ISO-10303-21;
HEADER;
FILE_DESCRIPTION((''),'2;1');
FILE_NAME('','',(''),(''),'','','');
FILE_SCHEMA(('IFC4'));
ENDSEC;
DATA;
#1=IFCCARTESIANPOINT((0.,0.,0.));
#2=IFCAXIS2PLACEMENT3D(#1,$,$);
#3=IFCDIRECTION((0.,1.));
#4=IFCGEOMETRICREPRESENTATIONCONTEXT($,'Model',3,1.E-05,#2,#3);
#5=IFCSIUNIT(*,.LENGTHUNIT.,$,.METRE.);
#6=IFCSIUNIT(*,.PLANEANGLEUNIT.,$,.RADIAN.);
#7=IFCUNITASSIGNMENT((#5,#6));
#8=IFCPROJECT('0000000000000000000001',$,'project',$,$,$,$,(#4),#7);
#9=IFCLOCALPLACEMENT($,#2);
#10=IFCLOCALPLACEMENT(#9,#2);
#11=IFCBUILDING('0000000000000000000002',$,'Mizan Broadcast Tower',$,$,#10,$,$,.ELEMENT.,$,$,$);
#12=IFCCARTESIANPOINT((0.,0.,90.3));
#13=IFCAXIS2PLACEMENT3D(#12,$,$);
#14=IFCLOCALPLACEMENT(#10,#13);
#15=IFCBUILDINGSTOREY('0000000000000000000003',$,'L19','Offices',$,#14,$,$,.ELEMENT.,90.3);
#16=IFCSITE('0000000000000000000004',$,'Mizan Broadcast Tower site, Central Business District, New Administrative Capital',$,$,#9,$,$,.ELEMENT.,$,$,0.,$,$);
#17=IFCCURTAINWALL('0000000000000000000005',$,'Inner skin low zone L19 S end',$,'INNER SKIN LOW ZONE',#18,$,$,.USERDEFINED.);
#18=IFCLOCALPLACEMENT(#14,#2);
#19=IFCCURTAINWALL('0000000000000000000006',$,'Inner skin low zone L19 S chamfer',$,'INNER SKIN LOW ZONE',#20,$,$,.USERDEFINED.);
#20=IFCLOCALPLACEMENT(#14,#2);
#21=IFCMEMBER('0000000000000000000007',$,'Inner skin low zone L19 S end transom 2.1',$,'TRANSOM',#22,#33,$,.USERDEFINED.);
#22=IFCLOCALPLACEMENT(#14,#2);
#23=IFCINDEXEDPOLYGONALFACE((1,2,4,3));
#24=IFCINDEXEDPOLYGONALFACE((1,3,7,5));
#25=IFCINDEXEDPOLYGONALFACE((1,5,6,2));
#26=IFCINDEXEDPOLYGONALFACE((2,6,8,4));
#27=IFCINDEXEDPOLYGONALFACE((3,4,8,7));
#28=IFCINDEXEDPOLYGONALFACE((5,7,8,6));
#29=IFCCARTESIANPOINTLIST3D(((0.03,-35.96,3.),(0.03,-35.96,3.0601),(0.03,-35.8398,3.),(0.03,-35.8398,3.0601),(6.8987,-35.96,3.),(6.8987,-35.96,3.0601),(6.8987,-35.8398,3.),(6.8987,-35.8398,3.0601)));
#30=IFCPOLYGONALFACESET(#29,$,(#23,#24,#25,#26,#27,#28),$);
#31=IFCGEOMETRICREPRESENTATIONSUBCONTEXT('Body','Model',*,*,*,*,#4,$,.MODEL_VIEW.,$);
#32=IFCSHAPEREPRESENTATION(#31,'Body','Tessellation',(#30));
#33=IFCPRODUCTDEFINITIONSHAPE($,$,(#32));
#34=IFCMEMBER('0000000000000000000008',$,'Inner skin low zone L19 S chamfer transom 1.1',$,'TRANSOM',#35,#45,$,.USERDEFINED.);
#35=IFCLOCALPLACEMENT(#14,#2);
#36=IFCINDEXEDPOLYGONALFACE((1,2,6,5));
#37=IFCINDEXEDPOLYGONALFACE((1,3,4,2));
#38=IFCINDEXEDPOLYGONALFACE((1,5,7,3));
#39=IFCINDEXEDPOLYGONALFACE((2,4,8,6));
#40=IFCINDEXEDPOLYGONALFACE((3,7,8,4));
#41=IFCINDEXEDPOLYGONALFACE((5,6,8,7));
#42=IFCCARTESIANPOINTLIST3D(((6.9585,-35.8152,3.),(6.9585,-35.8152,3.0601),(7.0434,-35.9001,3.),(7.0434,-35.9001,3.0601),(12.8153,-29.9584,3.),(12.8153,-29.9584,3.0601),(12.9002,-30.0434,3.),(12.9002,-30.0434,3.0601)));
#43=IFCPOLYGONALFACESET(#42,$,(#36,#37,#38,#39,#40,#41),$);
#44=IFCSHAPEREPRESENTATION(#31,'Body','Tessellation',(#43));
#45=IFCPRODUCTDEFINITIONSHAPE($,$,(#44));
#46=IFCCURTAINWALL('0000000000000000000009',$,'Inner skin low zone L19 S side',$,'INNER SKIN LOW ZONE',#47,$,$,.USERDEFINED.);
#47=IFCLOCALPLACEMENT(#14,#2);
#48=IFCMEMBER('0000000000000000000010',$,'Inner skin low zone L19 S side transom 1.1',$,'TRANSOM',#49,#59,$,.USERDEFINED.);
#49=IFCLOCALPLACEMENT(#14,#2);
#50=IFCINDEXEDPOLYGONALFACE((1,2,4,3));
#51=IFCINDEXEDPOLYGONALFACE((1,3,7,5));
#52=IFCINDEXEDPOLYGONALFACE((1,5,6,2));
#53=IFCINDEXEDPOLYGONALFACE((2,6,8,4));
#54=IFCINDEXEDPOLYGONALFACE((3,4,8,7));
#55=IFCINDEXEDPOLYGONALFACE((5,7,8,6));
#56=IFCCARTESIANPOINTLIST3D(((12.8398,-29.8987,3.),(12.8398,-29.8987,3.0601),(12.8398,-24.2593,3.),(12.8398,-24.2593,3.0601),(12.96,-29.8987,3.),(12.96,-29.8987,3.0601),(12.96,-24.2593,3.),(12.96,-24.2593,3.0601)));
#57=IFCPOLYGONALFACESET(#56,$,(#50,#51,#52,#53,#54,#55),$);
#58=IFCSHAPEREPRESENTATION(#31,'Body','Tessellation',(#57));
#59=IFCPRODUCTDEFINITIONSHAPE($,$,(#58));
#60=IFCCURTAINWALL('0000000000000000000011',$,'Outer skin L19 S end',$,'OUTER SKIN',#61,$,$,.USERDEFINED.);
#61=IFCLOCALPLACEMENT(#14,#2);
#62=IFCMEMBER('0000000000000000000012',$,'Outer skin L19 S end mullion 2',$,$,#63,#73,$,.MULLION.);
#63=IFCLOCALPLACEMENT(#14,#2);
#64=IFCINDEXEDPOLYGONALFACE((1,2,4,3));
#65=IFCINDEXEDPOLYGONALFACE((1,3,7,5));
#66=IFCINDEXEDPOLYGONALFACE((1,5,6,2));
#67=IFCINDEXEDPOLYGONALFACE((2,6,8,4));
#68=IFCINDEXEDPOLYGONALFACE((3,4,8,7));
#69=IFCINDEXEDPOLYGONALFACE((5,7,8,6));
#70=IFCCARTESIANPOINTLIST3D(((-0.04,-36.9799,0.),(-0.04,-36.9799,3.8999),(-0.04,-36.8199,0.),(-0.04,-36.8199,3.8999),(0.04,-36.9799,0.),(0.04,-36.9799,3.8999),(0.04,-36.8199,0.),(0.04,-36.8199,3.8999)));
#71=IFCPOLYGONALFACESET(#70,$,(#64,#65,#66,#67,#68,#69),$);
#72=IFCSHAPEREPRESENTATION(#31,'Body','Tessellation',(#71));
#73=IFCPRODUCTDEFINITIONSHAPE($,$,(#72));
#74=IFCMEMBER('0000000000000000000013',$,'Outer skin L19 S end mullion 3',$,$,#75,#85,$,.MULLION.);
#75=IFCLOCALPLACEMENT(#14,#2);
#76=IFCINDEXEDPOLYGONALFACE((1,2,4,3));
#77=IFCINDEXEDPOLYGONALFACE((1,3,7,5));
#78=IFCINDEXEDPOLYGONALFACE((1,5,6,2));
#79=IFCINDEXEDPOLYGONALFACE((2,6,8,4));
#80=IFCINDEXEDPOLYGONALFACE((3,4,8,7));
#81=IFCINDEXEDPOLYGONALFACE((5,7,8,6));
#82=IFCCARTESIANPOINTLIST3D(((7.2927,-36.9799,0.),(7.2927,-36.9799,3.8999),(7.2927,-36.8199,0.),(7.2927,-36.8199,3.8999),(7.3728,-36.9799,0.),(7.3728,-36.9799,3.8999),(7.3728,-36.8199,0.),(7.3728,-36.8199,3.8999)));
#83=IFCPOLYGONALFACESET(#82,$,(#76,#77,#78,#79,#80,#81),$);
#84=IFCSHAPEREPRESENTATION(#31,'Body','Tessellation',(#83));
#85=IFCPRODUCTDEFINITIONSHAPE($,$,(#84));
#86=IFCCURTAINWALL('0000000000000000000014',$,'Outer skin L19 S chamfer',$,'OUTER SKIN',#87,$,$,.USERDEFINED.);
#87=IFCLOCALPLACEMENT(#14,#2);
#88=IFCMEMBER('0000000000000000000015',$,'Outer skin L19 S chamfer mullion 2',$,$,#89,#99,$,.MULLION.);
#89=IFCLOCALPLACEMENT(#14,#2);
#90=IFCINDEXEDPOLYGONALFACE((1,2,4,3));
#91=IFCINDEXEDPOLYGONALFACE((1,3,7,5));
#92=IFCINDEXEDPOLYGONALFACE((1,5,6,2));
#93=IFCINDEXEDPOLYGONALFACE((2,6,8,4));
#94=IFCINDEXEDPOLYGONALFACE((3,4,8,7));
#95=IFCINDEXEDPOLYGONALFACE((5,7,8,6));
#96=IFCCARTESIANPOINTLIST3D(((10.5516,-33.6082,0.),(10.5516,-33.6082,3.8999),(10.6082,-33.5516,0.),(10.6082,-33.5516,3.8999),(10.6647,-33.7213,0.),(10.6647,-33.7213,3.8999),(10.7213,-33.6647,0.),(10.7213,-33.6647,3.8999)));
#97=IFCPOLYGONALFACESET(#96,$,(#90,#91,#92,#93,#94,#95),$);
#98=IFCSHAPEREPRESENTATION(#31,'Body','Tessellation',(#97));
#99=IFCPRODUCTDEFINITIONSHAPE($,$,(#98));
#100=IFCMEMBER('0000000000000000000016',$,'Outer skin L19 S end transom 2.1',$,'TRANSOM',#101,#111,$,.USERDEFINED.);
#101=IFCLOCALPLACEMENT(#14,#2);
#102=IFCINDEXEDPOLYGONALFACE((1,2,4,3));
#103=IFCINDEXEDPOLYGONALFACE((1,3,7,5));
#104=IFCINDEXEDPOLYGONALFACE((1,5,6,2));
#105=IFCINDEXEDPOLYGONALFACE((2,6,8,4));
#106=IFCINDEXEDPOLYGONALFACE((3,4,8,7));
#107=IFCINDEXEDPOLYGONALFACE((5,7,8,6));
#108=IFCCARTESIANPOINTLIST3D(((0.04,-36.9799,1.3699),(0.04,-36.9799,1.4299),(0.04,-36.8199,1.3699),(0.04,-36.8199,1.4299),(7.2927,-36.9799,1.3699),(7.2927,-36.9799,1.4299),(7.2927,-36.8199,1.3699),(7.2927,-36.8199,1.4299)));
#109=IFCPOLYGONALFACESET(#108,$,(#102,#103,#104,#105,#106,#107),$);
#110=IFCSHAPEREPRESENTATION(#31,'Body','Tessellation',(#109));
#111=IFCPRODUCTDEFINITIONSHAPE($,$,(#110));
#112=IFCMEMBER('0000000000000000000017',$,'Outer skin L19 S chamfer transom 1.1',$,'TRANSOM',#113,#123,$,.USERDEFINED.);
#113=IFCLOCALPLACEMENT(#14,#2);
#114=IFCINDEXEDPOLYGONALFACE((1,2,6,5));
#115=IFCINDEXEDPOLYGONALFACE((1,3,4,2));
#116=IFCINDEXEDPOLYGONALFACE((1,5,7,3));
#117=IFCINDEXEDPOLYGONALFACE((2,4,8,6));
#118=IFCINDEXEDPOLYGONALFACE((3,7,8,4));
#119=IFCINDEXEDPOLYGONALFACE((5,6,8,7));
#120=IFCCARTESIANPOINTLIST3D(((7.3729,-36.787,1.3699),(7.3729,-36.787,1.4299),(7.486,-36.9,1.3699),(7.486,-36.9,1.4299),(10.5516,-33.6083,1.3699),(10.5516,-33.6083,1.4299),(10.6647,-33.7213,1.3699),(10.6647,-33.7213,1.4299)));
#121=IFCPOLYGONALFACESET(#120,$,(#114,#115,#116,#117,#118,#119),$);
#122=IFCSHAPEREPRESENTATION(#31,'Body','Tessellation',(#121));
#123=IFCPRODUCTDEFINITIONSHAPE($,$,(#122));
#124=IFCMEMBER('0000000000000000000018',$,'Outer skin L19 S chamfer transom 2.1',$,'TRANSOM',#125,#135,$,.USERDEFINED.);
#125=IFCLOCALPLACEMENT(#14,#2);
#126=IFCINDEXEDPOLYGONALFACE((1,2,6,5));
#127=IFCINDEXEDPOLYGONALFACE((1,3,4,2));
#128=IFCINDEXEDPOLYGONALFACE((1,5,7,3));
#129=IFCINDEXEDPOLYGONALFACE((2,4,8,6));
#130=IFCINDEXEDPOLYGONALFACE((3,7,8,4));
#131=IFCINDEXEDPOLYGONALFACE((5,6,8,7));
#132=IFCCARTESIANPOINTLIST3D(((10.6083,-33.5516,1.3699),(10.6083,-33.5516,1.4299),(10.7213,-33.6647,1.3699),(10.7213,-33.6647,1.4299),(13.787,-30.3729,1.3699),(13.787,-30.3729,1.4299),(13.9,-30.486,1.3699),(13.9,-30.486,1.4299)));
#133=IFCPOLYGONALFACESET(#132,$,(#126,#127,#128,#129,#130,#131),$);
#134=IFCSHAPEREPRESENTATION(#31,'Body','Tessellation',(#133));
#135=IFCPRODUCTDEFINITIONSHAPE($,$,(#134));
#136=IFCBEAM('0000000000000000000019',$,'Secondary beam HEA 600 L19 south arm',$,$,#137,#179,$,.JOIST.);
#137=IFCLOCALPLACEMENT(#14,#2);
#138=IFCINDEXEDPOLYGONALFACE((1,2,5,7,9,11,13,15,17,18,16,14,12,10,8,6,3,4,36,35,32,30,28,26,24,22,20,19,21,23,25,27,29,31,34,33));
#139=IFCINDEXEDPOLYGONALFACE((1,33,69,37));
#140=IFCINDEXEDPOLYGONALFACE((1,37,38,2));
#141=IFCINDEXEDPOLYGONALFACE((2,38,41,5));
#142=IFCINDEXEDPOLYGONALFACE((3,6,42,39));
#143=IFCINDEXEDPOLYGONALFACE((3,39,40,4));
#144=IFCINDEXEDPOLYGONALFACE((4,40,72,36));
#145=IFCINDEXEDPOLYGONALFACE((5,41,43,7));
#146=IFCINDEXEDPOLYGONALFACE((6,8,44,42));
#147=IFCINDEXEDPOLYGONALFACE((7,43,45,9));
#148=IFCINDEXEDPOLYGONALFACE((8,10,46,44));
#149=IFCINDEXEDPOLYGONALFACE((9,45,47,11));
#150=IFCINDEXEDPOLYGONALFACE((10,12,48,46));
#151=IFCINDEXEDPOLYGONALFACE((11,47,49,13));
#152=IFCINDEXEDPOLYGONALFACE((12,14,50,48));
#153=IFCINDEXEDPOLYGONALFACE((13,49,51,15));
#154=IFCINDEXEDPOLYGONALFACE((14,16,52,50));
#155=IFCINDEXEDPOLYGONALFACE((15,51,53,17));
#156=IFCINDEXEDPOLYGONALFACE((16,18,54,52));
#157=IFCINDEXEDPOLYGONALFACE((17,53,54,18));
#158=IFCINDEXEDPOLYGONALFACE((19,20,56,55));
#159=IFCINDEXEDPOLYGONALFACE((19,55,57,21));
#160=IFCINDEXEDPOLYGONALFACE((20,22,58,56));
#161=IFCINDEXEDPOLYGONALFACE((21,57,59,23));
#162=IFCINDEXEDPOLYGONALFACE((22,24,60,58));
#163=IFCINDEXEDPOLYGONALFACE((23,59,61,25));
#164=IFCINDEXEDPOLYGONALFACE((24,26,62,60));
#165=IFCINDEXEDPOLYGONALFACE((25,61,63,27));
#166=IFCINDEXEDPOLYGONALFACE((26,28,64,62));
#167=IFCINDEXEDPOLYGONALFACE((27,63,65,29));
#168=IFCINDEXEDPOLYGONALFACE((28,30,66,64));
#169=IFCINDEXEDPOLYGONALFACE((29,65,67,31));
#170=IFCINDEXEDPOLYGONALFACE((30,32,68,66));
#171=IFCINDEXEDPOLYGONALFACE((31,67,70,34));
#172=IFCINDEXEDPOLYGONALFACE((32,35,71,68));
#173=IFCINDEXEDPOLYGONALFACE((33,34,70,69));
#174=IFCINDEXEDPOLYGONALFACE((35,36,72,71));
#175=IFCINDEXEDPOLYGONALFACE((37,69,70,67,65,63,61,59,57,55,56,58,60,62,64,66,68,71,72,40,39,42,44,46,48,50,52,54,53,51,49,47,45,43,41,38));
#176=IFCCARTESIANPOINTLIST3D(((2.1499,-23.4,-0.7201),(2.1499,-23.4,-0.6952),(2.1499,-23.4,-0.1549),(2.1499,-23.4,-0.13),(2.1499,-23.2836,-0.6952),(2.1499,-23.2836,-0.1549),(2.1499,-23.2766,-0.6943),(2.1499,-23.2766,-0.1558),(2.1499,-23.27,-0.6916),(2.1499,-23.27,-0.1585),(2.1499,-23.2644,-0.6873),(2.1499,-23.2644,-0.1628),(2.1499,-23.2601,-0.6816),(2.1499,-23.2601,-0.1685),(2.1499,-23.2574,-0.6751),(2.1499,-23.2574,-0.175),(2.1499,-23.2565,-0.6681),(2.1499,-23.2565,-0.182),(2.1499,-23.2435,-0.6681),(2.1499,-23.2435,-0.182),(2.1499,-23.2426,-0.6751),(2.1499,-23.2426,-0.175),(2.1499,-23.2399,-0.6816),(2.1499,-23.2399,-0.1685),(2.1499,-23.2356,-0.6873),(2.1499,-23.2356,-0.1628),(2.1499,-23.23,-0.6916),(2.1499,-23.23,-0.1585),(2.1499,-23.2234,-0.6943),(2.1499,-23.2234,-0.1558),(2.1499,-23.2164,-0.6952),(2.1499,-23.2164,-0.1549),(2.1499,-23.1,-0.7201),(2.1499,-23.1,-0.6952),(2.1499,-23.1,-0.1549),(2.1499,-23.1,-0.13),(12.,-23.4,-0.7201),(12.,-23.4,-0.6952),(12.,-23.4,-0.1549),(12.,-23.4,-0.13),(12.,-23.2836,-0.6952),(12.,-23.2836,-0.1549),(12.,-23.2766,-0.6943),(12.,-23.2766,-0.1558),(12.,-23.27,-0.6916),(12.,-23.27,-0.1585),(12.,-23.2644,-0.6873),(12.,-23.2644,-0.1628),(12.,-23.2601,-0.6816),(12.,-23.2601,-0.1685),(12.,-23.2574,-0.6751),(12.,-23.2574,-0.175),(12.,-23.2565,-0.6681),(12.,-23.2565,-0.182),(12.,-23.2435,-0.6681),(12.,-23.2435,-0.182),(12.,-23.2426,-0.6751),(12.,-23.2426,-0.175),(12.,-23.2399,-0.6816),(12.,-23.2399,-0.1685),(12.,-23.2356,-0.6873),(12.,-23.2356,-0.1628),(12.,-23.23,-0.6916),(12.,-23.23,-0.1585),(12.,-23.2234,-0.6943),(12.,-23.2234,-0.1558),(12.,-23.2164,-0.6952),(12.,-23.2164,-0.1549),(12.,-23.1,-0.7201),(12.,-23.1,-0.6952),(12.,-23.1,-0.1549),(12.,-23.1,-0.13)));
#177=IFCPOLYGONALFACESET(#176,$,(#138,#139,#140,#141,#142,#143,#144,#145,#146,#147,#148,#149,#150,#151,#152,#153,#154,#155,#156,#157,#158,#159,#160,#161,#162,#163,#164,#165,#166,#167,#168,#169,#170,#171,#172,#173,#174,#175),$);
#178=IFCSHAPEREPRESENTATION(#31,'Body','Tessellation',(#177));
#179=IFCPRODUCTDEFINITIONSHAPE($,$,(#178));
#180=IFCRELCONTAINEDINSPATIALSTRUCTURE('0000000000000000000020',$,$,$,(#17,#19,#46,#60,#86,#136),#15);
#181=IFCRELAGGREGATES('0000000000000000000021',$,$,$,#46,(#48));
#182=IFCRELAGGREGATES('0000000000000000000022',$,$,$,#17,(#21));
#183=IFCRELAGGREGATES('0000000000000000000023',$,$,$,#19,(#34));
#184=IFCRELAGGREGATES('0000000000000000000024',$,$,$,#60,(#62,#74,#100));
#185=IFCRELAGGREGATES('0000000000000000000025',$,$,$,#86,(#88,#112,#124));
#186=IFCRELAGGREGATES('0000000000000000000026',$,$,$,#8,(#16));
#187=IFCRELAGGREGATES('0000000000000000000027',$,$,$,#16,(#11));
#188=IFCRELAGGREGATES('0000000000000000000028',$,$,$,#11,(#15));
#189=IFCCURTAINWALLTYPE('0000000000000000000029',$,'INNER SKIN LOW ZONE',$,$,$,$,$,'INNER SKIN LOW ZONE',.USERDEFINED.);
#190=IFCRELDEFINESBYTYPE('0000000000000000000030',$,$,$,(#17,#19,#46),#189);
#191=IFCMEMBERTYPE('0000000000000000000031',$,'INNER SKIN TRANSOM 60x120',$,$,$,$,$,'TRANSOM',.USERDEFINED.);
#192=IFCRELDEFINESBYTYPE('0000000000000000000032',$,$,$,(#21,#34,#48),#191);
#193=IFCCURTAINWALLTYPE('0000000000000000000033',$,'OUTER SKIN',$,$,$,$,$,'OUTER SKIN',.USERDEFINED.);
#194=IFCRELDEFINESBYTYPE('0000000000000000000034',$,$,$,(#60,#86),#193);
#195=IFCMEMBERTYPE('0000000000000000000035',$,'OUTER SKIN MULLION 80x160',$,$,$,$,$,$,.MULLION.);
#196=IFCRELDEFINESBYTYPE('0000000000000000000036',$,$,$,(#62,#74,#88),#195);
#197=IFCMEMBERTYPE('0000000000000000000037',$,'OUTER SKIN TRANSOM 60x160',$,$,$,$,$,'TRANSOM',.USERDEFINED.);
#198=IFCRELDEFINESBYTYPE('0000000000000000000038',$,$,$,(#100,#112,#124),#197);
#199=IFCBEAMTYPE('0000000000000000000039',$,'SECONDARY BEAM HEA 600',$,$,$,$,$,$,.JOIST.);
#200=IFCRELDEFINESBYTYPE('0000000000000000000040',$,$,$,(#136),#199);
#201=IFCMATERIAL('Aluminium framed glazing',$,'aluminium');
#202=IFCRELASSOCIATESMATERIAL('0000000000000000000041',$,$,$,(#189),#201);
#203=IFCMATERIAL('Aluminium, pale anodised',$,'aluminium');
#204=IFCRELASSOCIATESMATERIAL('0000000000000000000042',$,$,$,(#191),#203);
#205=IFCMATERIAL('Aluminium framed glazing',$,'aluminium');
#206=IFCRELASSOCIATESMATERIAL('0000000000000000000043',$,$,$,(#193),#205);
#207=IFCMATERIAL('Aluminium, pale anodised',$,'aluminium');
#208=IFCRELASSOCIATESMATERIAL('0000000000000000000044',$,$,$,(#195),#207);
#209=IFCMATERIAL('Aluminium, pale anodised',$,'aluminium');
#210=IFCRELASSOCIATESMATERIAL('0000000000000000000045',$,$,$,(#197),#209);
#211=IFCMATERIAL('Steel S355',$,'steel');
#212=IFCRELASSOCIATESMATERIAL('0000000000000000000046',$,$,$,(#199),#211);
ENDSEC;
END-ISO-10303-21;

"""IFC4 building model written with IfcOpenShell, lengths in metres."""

from ifc_helpers import new_model, si_unit, direction, frame, origin, origin_2d, place, context, subcontext, project, spatial, rectangle, i_section, extrude, material, material_profile, profile_set, type_object, element, aggregate, save


model = new_model("IFC4")

# Units and contexts
model_context = context("Model", 3, precision=1e-05, world=origin(), true_north=direction((0.0, 1.0)))
body_context = subcontext(model_context, "Body", "Model", "MODEL_VIEW")
ifc_project = project(units=[si_unit("LENGTHUNIT", "METRE"), si_unit("PLANEANGLEUNIT", "RADIAN")], contexts=[model_context])

# Site, building, storey
site_placement = place(None, origin())
site = spatial("IfcSite", under=ifc_project, at=site_placement, Name="Mizan Broadcast Tower site, Central Business District, New Administrative Capital", CompositionType="ELEMENT", RefElevation=0.0)
building_placement = place(site_placement, origin())
building = spatial("IfcBuilding", under=site, at=building_placement, Name="Mizan Broadcast Tower", CompositionType="ELEMENT")
storey_placement = place(building_placement, frame((0.0, 0.0, 90.3)))
storey = spatial("IfcBuildingStorey", under=building, at=storey_placement, Name="L19", Description="Offices", CompositionType="ELEMENT", Elevation=90.3)

# Curtain wall
ifc_material_1 = material(Name="Aluminium framed glazing", Category="aluminium")
curtain_wall_type_1 = type_object("IfcCurtainWallType", Name="INNER SKIN LOW ZONE", ElementType="INNER SKIN LOW ZONE", PredefinedType="USERDEFINED", material=ifc_material_1)
curtain_wall_1_placement = place(storey_placement, origin())
curtain_wall_1 = element("IfcCurtainWall", 1, at=curtain_wall_1_placement, inside=storey, type_object=curtain_wall_type_1, Name="Inner skin low zone L19 S end", ObjectType="INNER SKIN LOW ZONE", PredefinedType="USERDEFINED")

# Curtain wall
curtain_wall_2_placement = place(storey_placement, origin())
curtain_wall_2 = element("IfcCurtainWall", 2, at=curtain_wall_2_placement, inside=storey, type_object=curtain_wall_type_1, Name="Inner skin low zone L19 S chamfer", ObjectType="INNER SKIN LOW ZONE", PredefinedType="USERDEFINED")

# Members
ifc_material_2 = material(Name="Aluminium, pale anodised", Category="aluminium")
ifc_material_profile_1 = material_profile(ifc_material_2, rectangle(XDim=0.1201, YDim=0.0601, at=origin_2d()), Name="TRANSOM 120x60")
ifc_profile_set_1 = profile_set([ifc_material_profile_1], Name="Aluminium, pale anodised")
member_type_1 = type_object("IfcMemberType", Name="INNER SKIN TRANSOM 60x120", ElementType="TRANSOM", PredefinedType="USERDEFINED", material=ifc_profile_set_1)
member_1_placement = place(storey_placement, frame((0.03, -35.8999, 3.03), z_axis=(1.0, 0.0, 0.0), x_axis=(0.0, 1.0, 0.0)))
member_1 = element("IfcMember", 3, at=member_1_placement, type_object=member_type_1, Name="Inner skin low zone L19 S end transom 2.1", ObjectType="TRANSOM", PredefinedType="USERDEFINED", context=body_context, shape_type="SweptSolid", body=[
    extrude(rectangle(XDim=0.1201, YDim=0.0601, at=origin_2d()), origin(), (0.0, 0.0, 1.0), 6.8687),
])
member_2_placement = place(storey_placement, frame((7.001, -35.8577, 3.03), z_axis=(0.707107, 0.707107, 0.0), x_axis=(-0.707107, 0.707107, 0.0)))
member_2 = element("IfcMember", 4, at=member_2_placement, type_object=member_type_1, Name="Inner skin low zone L19 S chamfer transom 1.1", ObjectType="TRANSOM", PredefinedType="USERDEFINED", context=body_context, shape_type="SweptSolid", body=[
    extrude(rectangle(XDim=0.1201, YDim=0.0601, at=origin_2d()), origin(), (0.0, 0.0, 1.0), 8.2827),
])

# Curtain wall, member
curtain_wall_3_placement = place(storey_placement, origin())
curtain_wall_3 = element("IfcCurtainWall", 5, at=curtain_wall_3_placement, inside=storey, type_object=curtain_wall_type_1, Name="Inner skin low zone L19 S side", ObjectType="INNER SKIN LOW ZONE", PredefinedType="USERDEFINED")
member_3_placement = place(storey_placement, frame((12.8999, -29.8987, 3.03), z_axis=(0.0, 1.0, 0.0), x_axis=(-1.0, 0.0, 0.0)))
member_3 = element("IfcMember", 6, at=member_3_placement, type_object=member_type_1, Name="Inner skin low zone L19 S side transom 1.1", ObjectType="TRANSOM", PredefinedType="USERDEFINED", context=body_context, shape_type="SweptSolid", body=[
    extrude(rectangle(XDim=0.1201, YDim=0.0601, at=origin_2d()), origin(), (0.0, 0.0, 1.0), 5.6394),
])

# Curtain wall, members
ifc_material_3 = material(Name="Aluminium framed glazing", Category="aluminium")
curtain_wall_type_2 = type_object("IfcCurtainWallType", Name="OUTER SKIN", ElementType="OUTER SKIN", PredefinedType="USERDEFINED", material=ifc_material_3)
curtain_wall_4_placement = place(storey_placement, origin())
curtain_wall_4 = element("IfcCurtainWall", 7, at=curtain_wall_4_placement, inside=storey, type_object=curtain_wall_type_2, Name="Outer skin L19 S end", ObjectType="OUTER SKIN", PredefinedType="USERDEFINED")
ifc_material_4 = material(Name="Aluminium, pale anodised", Category="aluminium")
ifc_material_profile_2 = material_profile(ifc_material_4, rectangle(XDim=0.1599, YDim=0.0801, at=origin_2d()), Name="MULLION 160x80")
ifc_profile_set_2 = profile_set([ifc_material_profile_2], Name="Aluminium, pale anodised")
member_type_2 = type_object("IfcMemberType", Name="OUTER SKIN MULLION 80x160", PredefinedType="MULLION", material=ifc_profile_set_2)
member_4_placement = place(storey_placement, frame((0.0, -36.8999, 0.0), z_axis=(0.0, 0.0, 1.0), x_axis=(0.0, 1.0, 0.0)))
member_4 = element("IfcMember", 8, at=member_4_placement, type_object=member_type_2, Name="Outer skin L19 S end mullion 2", PredefinedType="MULLION", context=body_context, shape_type="SweptSolid", body=[
    extrude(rectangle(XDim=0.1599, YDim=0.0801, at=origin_2d()), origin(), (0.0, 0.0, 1.0), 3.8999),
])
member_5_placement = place(storey_placement, frame((7.3328, -36.8999, 0.0), z_axis=(0.0, 0.0, 1.0), x_axis=(0.0, 1.0, 0.0)))
member_5 = element("IfcMember", 9, at=member_5_placement, type_object=member_type_2, Name="Outer skin L19 S end mullion 3", PredefinedType="MULLION", context=body_context, shape_type="SweptSolid", body=[
    extrude(rectangle(XDim=0.1599, YDim=0.0801, at=origin_2d()), origin(), (0.0, 0.0, 1.0), 3.8999),
])

# Curtain wall, member
curtain_wall_5_placement = place(storey_placement, origin())
curtain_wall_5 = element("IfcCurtainWall", 10, at=curtain_wall_5_placement, inside=storey, type_object=curtain_wall_type_2, Name="Outer skin L19 S chamfer", ObjectType="OUTER SKIN", PredefinedType="USERDEFINED")
member_6_placement = place(storey_placement, frame((10.6365, -33.6365, 0.0), z_axis=(0.0, 0.0, 1.0), x_axis=(-0.707107, 0.707107, 0.0)))
member_6 = element("IfcMember", 11, at=member_6_placement, type_object=member_type_2, Name="Outer skin L19 S chamfer mullion 2", PredefinedType="MULLION", context=body_context, shape_type="SweptSolid", body=[
    extrude(rectangle(XDim=0.1599, YDim=0.0801, at=origin_2d()), origin(), (0.0, 0.0, 1.0), 3.8999),
])

# Members
ifc_material_5 = material(Name="Aluminium, pale anodised", Category="aluminium")
ifc_material_profile_3 = material_profile(ifc_material_5, rectangle(XDim=0.1599, YDim=0.0601, at=origin_2d()), Name="TRANSOM 160x60")
ifc_profile_set_3 = profile_set([ifc_material_profile_3], Name="Aluminium, pale anodised")
member_type_3 = type_object("IfcMemberType", Name="OUTER SKIN TRANSOM 60x160", ElementType="TRANSOM", PredefinedType="USERDEFINED", material=ifc_profile_set_3)
member_7_placement = place(storey_placement, frame((0.04, -36.8999, 1.3999), z_axis=(1.0, 0.0, 0.0), x_axis=(0.0, 1.0, 0.0)))
member_7 = element("IfcMember", 12, at=member_7_placement, type_object=member_type_3, Name="Outer skin L19 S end transom 2.1", ObjectType="TRANSOM", PredefinedType="USERDEFINED", context=body_context, shape_type="SweptSolid", body=[
    extrude(rectangle(XDim=0.1599, YDim=0.0601, at=origin_2d()), origin(), (0.0, 0.0, 1.0), 7.2527),
])
member_8_placement = place(storey_placement, frame((7.4294, -36.8435, 1.3999), z_axis=(0.707107, 0.707107, 0.0), x_axis=(-0.707107, 0.707107, 0.0)))
member_8 = element("IfcMember", 13, at=member_8_placement, type_object=member_type_3, Name="Outer skin L19 S chamfer transom 1.1", ObjectType="TRANSOM", PredefinedType="USERDEFINED", context=body_context, shape_type="SweptSolid", body=[
    extrude(rectangle(XDim=0.1599, YDim=0.0601, at=origin_2d()), origin(), (0.0, 0.0, 1.0), 4.4954),
])
member_9_placement = place(storey_placement, frame((10.6648, -33.6082, 1.3999), z_axis=(0.707107, 0.707107, 0.0), x_axis=(-0.707107, 0.707107, 0.0)))
member_9 = element("IfcMember", 14, at=member_9_placement, type_object=member_type_3, Name="Outer skin L19 S chamfer transom 2.1", ObjectType="TRANSOM", PredefinedType="USERDEFINED", context=body_context, shape_type="SweptSolid", body=[
    extrude(rectangle(XDim=0.1599, YDim=0.0601, at=origin_2d()), origin(), (0.0, 0.0, 1.0), 4.4954),
])

# Beam
ifc_material_6 = material(Name="Steel S355", Category="steel")
ifc_material_profile_4 = material_profile(ifc_material_6, i_section(OverallWidth=0.3, OverallDepth=0.5901, WebThickness=0.0129, FlangeThickness=0.0249, FilletRadius=0.0271, at=origin_2d()), Name="HEA 600")
ifc_profile_set_4 = profile_set([ifc_material_profile_4], Name="Steel S355")
beam_type_1 = type_object("IfcBeamType", Name="SECONDARY BEAM HEA 600", PredefinedType="JOIST", material=ifc_profile_set_4)
beam_1_placement = place(storey_placement, frame((12.0, -23.25, -0.425), z_axis=(-1.0, 0.0, 0.0), x_axis=(0.0, -1.0, 0.0)))
element("IfcBeam", 15, at=beam_1_placement, inside=storey, type_object=beam_type_1, Name="Secondary beam HEA 600 L19 south arm", PredefinedType="JOIST", context=body_context, shape_type="SweptSolid", body=[
    extrude(i_section(OverallWidth=0.3, OverallDepth=0.5901, WebThickness=0.0129, FlangeThickness=0.0249, FilletRadius=0.0271, at=origin_2d()), origin(), (0.0, 0.0, 1.0), 9.8501),
])

aggregate(curtain_wall_3, [member_3])
aggregate(curtain_wall_1, [member_1])
aggregate(curtain_wall_2, [member_2])
aggregate(curtain_wall_4, [member_4, member_5, member_7])
aggregate(curtain_wall_5, [member_6, member_8, member_9])

save(model, "model.ifc")
